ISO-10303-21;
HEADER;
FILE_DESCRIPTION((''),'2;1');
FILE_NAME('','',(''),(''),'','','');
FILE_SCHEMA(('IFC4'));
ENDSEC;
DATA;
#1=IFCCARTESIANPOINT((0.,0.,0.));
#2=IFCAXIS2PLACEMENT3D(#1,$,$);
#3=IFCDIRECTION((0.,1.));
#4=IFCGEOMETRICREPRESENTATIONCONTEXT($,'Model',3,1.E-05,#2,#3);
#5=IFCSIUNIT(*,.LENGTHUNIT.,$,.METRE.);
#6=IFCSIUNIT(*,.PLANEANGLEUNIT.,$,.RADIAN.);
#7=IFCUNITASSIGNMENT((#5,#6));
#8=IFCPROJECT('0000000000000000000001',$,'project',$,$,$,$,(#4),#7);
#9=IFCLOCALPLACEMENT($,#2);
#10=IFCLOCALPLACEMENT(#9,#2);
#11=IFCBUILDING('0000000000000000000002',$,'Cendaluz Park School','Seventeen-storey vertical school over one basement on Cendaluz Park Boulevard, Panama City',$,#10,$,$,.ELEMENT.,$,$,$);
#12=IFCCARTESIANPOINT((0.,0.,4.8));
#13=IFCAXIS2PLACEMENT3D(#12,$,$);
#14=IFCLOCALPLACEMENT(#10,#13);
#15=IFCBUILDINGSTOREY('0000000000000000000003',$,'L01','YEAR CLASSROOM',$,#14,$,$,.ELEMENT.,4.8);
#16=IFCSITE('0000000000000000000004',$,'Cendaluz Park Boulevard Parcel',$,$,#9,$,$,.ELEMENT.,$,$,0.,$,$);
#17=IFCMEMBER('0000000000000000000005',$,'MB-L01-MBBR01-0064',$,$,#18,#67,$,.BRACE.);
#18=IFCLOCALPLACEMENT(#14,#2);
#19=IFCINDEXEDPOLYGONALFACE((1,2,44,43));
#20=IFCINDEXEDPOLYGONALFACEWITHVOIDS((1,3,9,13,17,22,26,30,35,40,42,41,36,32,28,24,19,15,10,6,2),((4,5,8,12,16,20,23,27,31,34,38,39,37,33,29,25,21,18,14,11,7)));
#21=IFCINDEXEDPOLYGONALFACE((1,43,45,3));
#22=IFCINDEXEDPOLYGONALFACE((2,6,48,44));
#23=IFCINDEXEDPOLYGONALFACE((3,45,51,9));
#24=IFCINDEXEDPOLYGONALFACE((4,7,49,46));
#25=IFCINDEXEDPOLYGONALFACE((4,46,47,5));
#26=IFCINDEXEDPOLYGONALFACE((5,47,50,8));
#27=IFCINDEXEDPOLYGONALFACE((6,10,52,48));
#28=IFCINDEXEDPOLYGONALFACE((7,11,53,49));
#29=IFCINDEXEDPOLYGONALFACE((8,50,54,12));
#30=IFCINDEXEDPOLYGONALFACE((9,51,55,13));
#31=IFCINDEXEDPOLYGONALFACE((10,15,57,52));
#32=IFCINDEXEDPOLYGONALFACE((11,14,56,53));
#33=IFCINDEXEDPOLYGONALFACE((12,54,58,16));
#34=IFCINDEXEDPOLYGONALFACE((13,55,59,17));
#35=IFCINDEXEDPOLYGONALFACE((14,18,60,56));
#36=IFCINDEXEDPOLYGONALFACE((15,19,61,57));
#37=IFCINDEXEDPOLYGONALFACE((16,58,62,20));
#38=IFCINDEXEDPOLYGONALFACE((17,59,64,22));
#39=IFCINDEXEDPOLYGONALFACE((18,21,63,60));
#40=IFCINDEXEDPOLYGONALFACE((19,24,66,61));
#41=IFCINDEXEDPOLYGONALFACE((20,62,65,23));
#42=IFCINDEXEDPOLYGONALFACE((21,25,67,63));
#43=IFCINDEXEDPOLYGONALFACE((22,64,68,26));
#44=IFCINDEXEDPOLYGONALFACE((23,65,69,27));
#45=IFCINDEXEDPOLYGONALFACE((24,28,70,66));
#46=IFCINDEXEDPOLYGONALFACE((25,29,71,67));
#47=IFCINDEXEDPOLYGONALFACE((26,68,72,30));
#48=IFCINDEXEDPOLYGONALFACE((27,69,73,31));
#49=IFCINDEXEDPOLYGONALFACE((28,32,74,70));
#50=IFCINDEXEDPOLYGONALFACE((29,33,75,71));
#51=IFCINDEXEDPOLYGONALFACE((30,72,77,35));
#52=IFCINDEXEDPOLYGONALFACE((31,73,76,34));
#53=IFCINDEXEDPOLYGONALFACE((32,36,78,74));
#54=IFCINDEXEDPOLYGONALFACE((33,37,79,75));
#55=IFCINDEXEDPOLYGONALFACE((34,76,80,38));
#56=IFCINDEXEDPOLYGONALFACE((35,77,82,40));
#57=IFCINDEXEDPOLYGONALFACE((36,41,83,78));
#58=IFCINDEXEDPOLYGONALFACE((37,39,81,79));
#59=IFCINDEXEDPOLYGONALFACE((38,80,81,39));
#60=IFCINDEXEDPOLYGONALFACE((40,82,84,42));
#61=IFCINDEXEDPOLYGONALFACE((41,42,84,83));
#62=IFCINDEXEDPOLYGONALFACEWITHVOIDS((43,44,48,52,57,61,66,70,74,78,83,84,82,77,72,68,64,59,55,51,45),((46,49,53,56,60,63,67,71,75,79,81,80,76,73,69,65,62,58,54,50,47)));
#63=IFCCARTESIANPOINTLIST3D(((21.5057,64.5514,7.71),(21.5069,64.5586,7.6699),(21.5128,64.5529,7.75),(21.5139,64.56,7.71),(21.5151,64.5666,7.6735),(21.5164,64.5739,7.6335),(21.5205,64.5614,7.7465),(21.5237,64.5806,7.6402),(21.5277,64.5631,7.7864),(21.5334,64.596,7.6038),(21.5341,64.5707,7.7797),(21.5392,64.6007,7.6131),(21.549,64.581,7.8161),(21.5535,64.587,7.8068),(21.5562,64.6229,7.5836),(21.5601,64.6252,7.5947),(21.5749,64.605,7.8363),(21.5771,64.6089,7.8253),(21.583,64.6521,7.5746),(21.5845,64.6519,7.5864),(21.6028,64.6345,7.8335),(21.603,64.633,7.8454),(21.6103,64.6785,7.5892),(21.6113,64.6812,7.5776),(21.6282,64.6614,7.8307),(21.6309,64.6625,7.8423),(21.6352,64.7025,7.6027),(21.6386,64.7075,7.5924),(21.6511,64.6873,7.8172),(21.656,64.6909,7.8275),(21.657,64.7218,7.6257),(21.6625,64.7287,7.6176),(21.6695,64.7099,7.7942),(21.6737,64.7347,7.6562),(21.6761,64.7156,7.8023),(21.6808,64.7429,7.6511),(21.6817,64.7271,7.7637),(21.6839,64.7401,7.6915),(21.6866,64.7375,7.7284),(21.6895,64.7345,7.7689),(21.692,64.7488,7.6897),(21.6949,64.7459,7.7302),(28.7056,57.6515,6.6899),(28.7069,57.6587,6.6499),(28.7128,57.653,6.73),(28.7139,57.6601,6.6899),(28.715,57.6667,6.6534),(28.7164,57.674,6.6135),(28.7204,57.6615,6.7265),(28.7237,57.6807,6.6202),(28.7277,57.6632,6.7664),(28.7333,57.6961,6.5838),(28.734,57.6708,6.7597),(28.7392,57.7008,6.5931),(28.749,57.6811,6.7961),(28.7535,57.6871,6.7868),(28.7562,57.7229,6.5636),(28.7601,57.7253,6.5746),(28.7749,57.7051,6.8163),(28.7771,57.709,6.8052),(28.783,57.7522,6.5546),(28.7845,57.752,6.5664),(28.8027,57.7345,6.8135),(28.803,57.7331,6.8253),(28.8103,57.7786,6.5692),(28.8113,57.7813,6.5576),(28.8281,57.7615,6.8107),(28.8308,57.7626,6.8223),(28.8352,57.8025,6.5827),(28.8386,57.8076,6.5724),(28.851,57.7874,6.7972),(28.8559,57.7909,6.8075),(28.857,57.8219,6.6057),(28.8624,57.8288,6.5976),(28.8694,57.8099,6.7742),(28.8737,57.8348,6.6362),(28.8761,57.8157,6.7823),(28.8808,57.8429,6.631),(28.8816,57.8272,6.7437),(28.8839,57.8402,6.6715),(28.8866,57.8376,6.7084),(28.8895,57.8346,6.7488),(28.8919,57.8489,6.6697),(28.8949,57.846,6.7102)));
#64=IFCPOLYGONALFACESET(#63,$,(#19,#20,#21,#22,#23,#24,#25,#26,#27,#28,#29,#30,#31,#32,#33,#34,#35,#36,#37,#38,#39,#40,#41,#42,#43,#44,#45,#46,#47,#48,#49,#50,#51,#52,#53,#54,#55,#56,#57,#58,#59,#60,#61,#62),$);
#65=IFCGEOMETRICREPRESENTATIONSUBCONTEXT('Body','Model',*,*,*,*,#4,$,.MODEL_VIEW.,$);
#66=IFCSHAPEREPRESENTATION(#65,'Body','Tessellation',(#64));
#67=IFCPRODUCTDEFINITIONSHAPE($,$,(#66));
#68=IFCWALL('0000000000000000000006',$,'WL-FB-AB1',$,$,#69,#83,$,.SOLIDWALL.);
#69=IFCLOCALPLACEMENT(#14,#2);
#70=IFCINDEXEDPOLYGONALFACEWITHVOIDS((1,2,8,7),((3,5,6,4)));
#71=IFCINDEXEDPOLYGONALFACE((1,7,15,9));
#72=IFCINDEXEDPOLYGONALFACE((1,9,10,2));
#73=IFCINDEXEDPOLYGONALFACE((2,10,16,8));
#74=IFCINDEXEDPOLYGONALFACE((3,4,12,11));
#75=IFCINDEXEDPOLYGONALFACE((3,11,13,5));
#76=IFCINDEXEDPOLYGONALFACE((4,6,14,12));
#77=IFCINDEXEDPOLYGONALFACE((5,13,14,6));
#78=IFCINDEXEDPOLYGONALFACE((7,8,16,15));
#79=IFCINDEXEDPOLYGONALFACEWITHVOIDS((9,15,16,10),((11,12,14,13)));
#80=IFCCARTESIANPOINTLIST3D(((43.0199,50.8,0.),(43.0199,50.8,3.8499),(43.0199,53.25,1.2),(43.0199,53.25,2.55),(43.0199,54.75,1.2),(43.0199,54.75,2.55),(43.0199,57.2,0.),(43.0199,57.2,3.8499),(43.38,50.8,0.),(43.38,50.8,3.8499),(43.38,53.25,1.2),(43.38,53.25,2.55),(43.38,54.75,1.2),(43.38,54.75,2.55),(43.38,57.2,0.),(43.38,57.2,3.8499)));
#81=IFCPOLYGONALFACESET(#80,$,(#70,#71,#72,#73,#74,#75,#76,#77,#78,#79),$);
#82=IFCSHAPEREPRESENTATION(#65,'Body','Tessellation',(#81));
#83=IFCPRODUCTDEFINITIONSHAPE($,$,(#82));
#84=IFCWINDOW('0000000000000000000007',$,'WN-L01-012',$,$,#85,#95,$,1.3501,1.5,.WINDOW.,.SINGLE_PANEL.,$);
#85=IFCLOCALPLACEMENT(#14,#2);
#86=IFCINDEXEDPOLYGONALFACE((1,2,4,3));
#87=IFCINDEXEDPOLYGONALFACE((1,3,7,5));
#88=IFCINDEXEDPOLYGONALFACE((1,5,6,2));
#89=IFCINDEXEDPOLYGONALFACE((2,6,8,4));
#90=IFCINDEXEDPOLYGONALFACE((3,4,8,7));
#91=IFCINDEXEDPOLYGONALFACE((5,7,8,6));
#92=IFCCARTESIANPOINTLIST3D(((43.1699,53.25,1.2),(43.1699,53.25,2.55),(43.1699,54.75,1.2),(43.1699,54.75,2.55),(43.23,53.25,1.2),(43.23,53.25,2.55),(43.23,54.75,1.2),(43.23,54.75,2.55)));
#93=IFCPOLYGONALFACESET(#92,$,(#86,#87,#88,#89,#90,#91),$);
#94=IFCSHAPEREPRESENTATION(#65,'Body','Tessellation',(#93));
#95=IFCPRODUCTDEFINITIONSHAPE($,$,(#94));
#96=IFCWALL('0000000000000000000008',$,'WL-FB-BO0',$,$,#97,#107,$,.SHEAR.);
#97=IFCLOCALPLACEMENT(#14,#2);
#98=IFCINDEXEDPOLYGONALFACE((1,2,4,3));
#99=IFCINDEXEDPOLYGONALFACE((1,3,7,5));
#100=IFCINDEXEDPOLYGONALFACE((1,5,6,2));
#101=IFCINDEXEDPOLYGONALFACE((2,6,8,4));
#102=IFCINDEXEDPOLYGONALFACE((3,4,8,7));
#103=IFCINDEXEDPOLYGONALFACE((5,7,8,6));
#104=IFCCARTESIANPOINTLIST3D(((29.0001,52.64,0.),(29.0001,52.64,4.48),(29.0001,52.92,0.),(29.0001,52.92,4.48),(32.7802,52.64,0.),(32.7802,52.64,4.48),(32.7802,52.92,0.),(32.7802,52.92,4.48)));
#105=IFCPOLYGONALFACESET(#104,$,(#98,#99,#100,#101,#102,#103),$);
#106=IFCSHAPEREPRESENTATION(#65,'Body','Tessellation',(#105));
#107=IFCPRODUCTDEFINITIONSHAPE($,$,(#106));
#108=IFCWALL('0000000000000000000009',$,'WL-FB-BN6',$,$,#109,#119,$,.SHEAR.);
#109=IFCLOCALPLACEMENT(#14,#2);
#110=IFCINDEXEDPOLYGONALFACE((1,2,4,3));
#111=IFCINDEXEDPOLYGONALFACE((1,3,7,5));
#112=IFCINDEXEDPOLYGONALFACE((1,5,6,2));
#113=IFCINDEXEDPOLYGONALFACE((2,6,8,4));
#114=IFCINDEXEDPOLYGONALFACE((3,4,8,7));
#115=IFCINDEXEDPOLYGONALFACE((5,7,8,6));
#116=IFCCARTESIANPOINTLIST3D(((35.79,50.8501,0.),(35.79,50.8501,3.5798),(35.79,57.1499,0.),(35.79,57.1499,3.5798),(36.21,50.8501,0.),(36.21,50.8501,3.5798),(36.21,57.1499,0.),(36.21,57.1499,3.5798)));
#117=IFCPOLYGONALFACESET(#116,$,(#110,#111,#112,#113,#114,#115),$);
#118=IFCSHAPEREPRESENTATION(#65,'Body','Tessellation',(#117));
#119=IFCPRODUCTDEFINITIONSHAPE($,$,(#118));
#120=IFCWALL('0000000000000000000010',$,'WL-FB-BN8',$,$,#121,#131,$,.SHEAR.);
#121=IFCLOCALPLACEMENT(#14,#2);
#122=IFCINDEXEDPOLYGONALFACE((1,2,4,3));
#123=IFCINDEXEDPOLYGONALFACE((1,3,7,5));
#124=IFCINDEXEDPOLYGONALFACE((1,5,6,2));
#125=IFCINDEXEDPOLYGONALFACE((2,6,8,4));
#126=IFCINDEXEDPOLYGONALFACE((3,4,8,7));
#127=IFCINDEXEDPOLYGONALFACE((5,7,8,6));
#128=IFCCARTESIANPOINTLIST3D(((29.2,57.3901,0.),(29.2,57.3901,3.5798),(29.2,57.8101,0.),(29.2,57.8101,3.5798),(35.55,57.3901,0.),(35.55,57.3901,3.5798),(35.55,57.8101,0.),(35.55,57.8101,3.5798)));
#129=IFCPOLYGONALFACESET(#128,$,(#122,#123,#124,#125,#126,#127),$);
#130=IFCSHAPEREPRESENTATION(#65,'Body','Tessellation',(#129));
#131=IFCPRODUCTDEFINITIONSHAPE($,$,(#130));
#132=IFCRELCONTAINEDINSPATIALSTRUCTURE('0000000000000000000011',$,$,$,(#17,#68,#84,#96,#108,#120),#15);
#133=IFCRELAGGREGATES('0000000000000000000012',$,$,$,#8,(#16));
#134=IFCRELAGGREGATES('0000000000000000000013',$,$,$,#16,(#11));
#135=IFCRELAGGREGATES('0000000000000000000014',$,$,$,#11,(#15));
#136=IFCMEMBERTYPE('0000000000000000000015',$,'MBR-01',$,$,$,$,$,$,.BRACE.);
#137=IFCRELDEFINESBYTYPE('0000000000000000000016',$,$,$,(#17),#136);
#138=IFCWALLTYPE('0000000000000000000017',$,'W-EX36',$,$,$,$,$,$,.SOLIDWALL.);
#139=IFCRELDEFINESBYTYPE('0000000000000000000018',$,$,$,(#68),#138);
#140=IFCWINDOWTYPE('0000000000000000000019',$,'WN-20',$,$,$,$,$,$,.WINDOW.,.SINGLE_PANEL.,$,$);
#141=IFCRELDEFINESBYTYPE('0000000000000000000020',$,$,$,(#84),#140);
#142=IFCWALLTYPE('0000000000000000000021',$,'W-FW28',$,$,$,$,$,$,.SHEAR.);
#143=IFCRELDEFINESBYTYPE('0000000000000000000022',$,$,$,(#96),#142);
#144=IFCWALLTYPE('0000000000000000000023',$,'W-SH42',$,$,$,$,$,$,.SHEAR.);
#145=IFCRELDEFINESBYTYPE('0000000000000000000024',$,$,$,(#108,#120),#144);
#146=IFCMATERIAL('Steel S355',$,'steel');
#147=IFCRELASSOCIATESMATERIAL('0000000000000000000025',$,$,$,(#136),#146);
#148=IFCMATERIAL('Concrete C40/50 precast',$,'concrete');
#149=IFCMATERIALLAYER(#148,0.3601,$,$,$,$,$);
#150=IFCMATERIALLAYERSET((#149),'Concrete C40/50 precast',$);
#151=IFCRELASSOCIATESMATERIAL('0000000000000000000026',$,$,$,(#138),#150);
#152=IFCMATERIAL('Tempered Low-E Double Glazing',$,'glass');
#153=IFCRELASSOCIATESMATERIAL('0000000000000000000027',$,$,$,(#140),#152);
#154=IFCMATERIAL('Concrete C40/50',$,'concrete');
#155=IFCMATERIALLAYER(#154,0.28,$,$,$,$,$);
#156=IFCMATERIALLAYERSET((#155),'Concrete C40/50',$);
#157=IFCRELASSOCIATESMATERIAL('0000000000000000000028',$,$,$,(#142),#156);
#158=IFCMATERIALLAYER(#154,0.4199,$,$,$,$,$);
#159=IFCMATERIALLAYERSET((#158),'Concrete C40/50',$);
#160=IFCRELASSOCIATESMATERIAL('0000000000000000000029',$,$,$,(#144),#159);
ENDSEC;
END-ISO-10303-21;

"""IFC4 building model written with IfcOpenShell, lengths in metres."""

from ifc_helpers import new_model, si_unit, direction, frame, frame_2d, origin, origin_2d, place, context, subcontext, project, spatial, rectangle, hollow_circle, extrude, material, layer, layer_set, material_profile, profile_set, type_object, element, fill, save


model = new_model("IFC4")

# Units and contexts
model_context = context("Model", 3, precision=1e-05, world=origin(), true_north=direction((0.0, 1.0)))
body_context = subcontext(model_context, "Body", "Model", "MODEL_VIEW")
ifc_project = project(units=[si_unit("LENGTHUNIT", "METRE"), si_unit("PLANEANGLEUNIT", "RADIAN")], contexts=[model_context])

# Site, building, storey
site_placement = place(None, origin())
site = spatial("IfcSite", under=ifc_project, at=site_placement, Name="Cendaluz Park Boulevard Parcel", CompositionType="ELEMENT", RefElevation=0.0)
building_placement = place(site_placement, origin())
building = spatial("IfcBuilding", under=site, at=building_placement, Name="Cendaluz Park School", Description="Seventeen-storey vertical school over one basement on Cendaluz Park Boulevard, Panama City", CompositionType="ELEMENT")
storey_placement = place(building_placement, frame((0.0, 0.0, 4.8)))
storey = spatial("IfcBuildingStorey", under=building, at=storey_placement, Name="L01", Description="YEAR CLASSROOM", CompositionType="ELEMENT", Elevation=4.8)

# Shared definitions
ifc_material_1 = material(Name="Concrete C40/50", Category="concrete")

# Member
ifc_material_2 = material(Name="Steel S355", Category="steel")
ifc_material_profile_1 = material_profile(ifc_material_2, hollow_circle(Radius=0.1365, WallThickness=0.012, at=origin_2d()), Name="CHS 273x12", Category="steel")
ifc_profile_set_1 = profile_set([ifc_material_profile_1], Name="Steel S355")
member_type_1 = type_object("IfcMemberType", Name="MBR-01", PredefinedType="BRACE", material=ifc_profile_set_1)
member_1_placement = place(storey_placement, frame((28.8, 57.75, 6.6899), z_axis=(-0.718243, 0.688311, 0.101754), x_axis=(-0.691903, -0.721991, 0.0)))
element("IfcMember", 1, at=member_1_placement, inside=storey, type_object=member_type_1, Name="MB-L01-MBBR01-0064", PredefinedType="BRACE", context=body_context, shape_type="SweptSolid", body=[
    extrude(hollow_circle(Radius=0.1365, WallThickness=0.012, at=origin_2d()), origin(), (0.0, 0.0, 1.0), 10.0244),
])

# Wall, opening, window
ifc_material_3 = material(Name="Concrete C40/50 precast", Category="concrete")
ifc_layer_1 = layer(ifc_material_3, 0.3601)
ifc_layer_set_1 = layer_set([ifc_layer_1], Name="Concrete C40/50 precast")
wall_type_1 = type_object("IfcWallType", Name="W-EX36", PredefinedType="SOLIDWALL", material=ifc_layer_set_1)
wall_1_placement = place(storey_placement, frame((43.2, 50.8, 0.0), z_axis=(0.0, 0.0, 1.0), x_axis=(0.0, 1.0, 0.0)))
wall_1 = element("IfcWall", 2, at=wall_1_placement, inside=storey, type_object=wall_type_1, Name="WL-FB-AB1", PredefinedType="SOLIDWALL", context=body_context, shape_type="SweptSolid", body=[
    extrude(rectangle(XDim=6.3999, YDim=0.3601, at=frame_2d((3.2, 0.0))), origin(), (0.0, 0.0, 1.0), 3.8499),
])
opening_1_placement = place(wall_1_placement, frame((2.45, 0.0, 1.2)))
opening_1 = element("IfcOpeningElement", 3, at=opening_1_placement, cuts=wall_1, PredefinedType="OPENING", context=body_context, shape_type="SweptSolid", body=[
    extrude(rectangle(XDim=1.5, YDim=1.3501, at=frame_2d((0.75, 0.675))), frame((0.0, 0.1921, 0.0), z_axis=(0.0, -1.0, 0.0), x_axis=(1.0, 0.0, 0.0)), (0.0, 0.0, 1.0), 0.384),
])
ifc_material_4 = material(Name="Tempered Low-E Double Glazing", Category="glass")
window_type = type_object("IfcWindowType", Name="WN-20", PartitioningType="SINGLE_PANEL", PredefinedType="WINDOW", material=ifc_material_4)
window_placement = place(opening_1_placement, origin())
window = element("IfcWindow", 4, at=window_placement, inside=storey, type_object=window_type, Name="WN-L01-012", OverallHeight=1.3501, OverallWidth=1.5, PartitioningType="SINGLE_PANEL", PredefinedType="WINDOW", context=body_context, shape_type="SweptSolid", body=[
    extrude(rectangle(XDim=1.5, YDim=1.3501, at=frame_2d((0.75, 0.675))), frame((0.0, 0.03, 0.0), z_axis=(0.0, -1.0, 0.0), x_axis=(1.0, 0.0, 0.0)), (0.0, 0.0, 1.0), 0.0601),
])
fill(opening_1, window)

# Wall
ifc_layer_2 = layer(ifc_material_1, 0.28)
ifc_layer_set_2 = layer_set([ifc_layer_2], Name="Concrete C40/50")
wall_type_2 = type_object("IfcWallType", Name="W-FW28", PredefinedType="SHEAR", material=ifc_layer_set_2)
wall_2_placement = place(storey_placement, frame((29.0, 52.78, 0.0), z_axis=(0.0, 0.0, 1.0), x_axis=(1.0, 0.0, 0.0)))
element("IfcWall", 5, at=wall_2_placement, inside=storey, type_object=wall_type_2, Name="WL-FB-BO0", PredefinedType="SHEAR", context=body_context, shape_type="SweptSolid", body=[
    extrude(rectangle(XDim=3.78, YDim=0.28, at=frame_2d((1.8901, 0.0))), origin(), (0.0, 0.0, 1.0), 4.48),
])

# Walls
ifc_layer_3 = layer(ifc_material_1, 0.4199)
ifc_layer_set_3 = layer_set([ifc_layer_3], Name="Concrete C40/50")
wall_type_3 = type_object("IfcWallType", Name="W-SH42", PredefinedType="SHEAR", material=ifc_layer_set_3)
wall_3_placement = place(storey_placement, frame((36.0, 50.8501, 0.0), z_axis=(0.0, 0.0, 1.0), x_axis=(0.0, 1.0, 0.0)))
element("IfcWall", 6, at=wall_3_placement, inside=storey, type_object=wall_type_3, Name="WL-FB-BN6", PredefinedType="SHEAR", context=body_context, shape_type="SweptSolid", body=[
    extrude(rectangle(XDim=6.2998, YDim=0.4199, at=frame_2d((3.1499, 0.0))), origin(), (0.0, 0.0, 1.0), 3.5798),
])
wall_4_placement = place(storey_placement, frame((29.2, 57.6001, 0.0), z_axis=(0.0, 0.0, 1.0), x_axis=(1.0, 0.0, 0.0)))
element("IfcWall", 7, at=wall_4_placement, inside=storey, type_object=wall_type_3, Name="WL-FB-BN8", PredefinedType="SHEAR", context=body_context, shape_type="SweptSolid", body=[
    extrude(rectangle(XDim=6.3501, YDim=0.4199, at=frame_2d((3.175, 0.0))), origin(), (0.0, 0.0, 1.0), 3.5798),
])

save(model, "model.ifc")
